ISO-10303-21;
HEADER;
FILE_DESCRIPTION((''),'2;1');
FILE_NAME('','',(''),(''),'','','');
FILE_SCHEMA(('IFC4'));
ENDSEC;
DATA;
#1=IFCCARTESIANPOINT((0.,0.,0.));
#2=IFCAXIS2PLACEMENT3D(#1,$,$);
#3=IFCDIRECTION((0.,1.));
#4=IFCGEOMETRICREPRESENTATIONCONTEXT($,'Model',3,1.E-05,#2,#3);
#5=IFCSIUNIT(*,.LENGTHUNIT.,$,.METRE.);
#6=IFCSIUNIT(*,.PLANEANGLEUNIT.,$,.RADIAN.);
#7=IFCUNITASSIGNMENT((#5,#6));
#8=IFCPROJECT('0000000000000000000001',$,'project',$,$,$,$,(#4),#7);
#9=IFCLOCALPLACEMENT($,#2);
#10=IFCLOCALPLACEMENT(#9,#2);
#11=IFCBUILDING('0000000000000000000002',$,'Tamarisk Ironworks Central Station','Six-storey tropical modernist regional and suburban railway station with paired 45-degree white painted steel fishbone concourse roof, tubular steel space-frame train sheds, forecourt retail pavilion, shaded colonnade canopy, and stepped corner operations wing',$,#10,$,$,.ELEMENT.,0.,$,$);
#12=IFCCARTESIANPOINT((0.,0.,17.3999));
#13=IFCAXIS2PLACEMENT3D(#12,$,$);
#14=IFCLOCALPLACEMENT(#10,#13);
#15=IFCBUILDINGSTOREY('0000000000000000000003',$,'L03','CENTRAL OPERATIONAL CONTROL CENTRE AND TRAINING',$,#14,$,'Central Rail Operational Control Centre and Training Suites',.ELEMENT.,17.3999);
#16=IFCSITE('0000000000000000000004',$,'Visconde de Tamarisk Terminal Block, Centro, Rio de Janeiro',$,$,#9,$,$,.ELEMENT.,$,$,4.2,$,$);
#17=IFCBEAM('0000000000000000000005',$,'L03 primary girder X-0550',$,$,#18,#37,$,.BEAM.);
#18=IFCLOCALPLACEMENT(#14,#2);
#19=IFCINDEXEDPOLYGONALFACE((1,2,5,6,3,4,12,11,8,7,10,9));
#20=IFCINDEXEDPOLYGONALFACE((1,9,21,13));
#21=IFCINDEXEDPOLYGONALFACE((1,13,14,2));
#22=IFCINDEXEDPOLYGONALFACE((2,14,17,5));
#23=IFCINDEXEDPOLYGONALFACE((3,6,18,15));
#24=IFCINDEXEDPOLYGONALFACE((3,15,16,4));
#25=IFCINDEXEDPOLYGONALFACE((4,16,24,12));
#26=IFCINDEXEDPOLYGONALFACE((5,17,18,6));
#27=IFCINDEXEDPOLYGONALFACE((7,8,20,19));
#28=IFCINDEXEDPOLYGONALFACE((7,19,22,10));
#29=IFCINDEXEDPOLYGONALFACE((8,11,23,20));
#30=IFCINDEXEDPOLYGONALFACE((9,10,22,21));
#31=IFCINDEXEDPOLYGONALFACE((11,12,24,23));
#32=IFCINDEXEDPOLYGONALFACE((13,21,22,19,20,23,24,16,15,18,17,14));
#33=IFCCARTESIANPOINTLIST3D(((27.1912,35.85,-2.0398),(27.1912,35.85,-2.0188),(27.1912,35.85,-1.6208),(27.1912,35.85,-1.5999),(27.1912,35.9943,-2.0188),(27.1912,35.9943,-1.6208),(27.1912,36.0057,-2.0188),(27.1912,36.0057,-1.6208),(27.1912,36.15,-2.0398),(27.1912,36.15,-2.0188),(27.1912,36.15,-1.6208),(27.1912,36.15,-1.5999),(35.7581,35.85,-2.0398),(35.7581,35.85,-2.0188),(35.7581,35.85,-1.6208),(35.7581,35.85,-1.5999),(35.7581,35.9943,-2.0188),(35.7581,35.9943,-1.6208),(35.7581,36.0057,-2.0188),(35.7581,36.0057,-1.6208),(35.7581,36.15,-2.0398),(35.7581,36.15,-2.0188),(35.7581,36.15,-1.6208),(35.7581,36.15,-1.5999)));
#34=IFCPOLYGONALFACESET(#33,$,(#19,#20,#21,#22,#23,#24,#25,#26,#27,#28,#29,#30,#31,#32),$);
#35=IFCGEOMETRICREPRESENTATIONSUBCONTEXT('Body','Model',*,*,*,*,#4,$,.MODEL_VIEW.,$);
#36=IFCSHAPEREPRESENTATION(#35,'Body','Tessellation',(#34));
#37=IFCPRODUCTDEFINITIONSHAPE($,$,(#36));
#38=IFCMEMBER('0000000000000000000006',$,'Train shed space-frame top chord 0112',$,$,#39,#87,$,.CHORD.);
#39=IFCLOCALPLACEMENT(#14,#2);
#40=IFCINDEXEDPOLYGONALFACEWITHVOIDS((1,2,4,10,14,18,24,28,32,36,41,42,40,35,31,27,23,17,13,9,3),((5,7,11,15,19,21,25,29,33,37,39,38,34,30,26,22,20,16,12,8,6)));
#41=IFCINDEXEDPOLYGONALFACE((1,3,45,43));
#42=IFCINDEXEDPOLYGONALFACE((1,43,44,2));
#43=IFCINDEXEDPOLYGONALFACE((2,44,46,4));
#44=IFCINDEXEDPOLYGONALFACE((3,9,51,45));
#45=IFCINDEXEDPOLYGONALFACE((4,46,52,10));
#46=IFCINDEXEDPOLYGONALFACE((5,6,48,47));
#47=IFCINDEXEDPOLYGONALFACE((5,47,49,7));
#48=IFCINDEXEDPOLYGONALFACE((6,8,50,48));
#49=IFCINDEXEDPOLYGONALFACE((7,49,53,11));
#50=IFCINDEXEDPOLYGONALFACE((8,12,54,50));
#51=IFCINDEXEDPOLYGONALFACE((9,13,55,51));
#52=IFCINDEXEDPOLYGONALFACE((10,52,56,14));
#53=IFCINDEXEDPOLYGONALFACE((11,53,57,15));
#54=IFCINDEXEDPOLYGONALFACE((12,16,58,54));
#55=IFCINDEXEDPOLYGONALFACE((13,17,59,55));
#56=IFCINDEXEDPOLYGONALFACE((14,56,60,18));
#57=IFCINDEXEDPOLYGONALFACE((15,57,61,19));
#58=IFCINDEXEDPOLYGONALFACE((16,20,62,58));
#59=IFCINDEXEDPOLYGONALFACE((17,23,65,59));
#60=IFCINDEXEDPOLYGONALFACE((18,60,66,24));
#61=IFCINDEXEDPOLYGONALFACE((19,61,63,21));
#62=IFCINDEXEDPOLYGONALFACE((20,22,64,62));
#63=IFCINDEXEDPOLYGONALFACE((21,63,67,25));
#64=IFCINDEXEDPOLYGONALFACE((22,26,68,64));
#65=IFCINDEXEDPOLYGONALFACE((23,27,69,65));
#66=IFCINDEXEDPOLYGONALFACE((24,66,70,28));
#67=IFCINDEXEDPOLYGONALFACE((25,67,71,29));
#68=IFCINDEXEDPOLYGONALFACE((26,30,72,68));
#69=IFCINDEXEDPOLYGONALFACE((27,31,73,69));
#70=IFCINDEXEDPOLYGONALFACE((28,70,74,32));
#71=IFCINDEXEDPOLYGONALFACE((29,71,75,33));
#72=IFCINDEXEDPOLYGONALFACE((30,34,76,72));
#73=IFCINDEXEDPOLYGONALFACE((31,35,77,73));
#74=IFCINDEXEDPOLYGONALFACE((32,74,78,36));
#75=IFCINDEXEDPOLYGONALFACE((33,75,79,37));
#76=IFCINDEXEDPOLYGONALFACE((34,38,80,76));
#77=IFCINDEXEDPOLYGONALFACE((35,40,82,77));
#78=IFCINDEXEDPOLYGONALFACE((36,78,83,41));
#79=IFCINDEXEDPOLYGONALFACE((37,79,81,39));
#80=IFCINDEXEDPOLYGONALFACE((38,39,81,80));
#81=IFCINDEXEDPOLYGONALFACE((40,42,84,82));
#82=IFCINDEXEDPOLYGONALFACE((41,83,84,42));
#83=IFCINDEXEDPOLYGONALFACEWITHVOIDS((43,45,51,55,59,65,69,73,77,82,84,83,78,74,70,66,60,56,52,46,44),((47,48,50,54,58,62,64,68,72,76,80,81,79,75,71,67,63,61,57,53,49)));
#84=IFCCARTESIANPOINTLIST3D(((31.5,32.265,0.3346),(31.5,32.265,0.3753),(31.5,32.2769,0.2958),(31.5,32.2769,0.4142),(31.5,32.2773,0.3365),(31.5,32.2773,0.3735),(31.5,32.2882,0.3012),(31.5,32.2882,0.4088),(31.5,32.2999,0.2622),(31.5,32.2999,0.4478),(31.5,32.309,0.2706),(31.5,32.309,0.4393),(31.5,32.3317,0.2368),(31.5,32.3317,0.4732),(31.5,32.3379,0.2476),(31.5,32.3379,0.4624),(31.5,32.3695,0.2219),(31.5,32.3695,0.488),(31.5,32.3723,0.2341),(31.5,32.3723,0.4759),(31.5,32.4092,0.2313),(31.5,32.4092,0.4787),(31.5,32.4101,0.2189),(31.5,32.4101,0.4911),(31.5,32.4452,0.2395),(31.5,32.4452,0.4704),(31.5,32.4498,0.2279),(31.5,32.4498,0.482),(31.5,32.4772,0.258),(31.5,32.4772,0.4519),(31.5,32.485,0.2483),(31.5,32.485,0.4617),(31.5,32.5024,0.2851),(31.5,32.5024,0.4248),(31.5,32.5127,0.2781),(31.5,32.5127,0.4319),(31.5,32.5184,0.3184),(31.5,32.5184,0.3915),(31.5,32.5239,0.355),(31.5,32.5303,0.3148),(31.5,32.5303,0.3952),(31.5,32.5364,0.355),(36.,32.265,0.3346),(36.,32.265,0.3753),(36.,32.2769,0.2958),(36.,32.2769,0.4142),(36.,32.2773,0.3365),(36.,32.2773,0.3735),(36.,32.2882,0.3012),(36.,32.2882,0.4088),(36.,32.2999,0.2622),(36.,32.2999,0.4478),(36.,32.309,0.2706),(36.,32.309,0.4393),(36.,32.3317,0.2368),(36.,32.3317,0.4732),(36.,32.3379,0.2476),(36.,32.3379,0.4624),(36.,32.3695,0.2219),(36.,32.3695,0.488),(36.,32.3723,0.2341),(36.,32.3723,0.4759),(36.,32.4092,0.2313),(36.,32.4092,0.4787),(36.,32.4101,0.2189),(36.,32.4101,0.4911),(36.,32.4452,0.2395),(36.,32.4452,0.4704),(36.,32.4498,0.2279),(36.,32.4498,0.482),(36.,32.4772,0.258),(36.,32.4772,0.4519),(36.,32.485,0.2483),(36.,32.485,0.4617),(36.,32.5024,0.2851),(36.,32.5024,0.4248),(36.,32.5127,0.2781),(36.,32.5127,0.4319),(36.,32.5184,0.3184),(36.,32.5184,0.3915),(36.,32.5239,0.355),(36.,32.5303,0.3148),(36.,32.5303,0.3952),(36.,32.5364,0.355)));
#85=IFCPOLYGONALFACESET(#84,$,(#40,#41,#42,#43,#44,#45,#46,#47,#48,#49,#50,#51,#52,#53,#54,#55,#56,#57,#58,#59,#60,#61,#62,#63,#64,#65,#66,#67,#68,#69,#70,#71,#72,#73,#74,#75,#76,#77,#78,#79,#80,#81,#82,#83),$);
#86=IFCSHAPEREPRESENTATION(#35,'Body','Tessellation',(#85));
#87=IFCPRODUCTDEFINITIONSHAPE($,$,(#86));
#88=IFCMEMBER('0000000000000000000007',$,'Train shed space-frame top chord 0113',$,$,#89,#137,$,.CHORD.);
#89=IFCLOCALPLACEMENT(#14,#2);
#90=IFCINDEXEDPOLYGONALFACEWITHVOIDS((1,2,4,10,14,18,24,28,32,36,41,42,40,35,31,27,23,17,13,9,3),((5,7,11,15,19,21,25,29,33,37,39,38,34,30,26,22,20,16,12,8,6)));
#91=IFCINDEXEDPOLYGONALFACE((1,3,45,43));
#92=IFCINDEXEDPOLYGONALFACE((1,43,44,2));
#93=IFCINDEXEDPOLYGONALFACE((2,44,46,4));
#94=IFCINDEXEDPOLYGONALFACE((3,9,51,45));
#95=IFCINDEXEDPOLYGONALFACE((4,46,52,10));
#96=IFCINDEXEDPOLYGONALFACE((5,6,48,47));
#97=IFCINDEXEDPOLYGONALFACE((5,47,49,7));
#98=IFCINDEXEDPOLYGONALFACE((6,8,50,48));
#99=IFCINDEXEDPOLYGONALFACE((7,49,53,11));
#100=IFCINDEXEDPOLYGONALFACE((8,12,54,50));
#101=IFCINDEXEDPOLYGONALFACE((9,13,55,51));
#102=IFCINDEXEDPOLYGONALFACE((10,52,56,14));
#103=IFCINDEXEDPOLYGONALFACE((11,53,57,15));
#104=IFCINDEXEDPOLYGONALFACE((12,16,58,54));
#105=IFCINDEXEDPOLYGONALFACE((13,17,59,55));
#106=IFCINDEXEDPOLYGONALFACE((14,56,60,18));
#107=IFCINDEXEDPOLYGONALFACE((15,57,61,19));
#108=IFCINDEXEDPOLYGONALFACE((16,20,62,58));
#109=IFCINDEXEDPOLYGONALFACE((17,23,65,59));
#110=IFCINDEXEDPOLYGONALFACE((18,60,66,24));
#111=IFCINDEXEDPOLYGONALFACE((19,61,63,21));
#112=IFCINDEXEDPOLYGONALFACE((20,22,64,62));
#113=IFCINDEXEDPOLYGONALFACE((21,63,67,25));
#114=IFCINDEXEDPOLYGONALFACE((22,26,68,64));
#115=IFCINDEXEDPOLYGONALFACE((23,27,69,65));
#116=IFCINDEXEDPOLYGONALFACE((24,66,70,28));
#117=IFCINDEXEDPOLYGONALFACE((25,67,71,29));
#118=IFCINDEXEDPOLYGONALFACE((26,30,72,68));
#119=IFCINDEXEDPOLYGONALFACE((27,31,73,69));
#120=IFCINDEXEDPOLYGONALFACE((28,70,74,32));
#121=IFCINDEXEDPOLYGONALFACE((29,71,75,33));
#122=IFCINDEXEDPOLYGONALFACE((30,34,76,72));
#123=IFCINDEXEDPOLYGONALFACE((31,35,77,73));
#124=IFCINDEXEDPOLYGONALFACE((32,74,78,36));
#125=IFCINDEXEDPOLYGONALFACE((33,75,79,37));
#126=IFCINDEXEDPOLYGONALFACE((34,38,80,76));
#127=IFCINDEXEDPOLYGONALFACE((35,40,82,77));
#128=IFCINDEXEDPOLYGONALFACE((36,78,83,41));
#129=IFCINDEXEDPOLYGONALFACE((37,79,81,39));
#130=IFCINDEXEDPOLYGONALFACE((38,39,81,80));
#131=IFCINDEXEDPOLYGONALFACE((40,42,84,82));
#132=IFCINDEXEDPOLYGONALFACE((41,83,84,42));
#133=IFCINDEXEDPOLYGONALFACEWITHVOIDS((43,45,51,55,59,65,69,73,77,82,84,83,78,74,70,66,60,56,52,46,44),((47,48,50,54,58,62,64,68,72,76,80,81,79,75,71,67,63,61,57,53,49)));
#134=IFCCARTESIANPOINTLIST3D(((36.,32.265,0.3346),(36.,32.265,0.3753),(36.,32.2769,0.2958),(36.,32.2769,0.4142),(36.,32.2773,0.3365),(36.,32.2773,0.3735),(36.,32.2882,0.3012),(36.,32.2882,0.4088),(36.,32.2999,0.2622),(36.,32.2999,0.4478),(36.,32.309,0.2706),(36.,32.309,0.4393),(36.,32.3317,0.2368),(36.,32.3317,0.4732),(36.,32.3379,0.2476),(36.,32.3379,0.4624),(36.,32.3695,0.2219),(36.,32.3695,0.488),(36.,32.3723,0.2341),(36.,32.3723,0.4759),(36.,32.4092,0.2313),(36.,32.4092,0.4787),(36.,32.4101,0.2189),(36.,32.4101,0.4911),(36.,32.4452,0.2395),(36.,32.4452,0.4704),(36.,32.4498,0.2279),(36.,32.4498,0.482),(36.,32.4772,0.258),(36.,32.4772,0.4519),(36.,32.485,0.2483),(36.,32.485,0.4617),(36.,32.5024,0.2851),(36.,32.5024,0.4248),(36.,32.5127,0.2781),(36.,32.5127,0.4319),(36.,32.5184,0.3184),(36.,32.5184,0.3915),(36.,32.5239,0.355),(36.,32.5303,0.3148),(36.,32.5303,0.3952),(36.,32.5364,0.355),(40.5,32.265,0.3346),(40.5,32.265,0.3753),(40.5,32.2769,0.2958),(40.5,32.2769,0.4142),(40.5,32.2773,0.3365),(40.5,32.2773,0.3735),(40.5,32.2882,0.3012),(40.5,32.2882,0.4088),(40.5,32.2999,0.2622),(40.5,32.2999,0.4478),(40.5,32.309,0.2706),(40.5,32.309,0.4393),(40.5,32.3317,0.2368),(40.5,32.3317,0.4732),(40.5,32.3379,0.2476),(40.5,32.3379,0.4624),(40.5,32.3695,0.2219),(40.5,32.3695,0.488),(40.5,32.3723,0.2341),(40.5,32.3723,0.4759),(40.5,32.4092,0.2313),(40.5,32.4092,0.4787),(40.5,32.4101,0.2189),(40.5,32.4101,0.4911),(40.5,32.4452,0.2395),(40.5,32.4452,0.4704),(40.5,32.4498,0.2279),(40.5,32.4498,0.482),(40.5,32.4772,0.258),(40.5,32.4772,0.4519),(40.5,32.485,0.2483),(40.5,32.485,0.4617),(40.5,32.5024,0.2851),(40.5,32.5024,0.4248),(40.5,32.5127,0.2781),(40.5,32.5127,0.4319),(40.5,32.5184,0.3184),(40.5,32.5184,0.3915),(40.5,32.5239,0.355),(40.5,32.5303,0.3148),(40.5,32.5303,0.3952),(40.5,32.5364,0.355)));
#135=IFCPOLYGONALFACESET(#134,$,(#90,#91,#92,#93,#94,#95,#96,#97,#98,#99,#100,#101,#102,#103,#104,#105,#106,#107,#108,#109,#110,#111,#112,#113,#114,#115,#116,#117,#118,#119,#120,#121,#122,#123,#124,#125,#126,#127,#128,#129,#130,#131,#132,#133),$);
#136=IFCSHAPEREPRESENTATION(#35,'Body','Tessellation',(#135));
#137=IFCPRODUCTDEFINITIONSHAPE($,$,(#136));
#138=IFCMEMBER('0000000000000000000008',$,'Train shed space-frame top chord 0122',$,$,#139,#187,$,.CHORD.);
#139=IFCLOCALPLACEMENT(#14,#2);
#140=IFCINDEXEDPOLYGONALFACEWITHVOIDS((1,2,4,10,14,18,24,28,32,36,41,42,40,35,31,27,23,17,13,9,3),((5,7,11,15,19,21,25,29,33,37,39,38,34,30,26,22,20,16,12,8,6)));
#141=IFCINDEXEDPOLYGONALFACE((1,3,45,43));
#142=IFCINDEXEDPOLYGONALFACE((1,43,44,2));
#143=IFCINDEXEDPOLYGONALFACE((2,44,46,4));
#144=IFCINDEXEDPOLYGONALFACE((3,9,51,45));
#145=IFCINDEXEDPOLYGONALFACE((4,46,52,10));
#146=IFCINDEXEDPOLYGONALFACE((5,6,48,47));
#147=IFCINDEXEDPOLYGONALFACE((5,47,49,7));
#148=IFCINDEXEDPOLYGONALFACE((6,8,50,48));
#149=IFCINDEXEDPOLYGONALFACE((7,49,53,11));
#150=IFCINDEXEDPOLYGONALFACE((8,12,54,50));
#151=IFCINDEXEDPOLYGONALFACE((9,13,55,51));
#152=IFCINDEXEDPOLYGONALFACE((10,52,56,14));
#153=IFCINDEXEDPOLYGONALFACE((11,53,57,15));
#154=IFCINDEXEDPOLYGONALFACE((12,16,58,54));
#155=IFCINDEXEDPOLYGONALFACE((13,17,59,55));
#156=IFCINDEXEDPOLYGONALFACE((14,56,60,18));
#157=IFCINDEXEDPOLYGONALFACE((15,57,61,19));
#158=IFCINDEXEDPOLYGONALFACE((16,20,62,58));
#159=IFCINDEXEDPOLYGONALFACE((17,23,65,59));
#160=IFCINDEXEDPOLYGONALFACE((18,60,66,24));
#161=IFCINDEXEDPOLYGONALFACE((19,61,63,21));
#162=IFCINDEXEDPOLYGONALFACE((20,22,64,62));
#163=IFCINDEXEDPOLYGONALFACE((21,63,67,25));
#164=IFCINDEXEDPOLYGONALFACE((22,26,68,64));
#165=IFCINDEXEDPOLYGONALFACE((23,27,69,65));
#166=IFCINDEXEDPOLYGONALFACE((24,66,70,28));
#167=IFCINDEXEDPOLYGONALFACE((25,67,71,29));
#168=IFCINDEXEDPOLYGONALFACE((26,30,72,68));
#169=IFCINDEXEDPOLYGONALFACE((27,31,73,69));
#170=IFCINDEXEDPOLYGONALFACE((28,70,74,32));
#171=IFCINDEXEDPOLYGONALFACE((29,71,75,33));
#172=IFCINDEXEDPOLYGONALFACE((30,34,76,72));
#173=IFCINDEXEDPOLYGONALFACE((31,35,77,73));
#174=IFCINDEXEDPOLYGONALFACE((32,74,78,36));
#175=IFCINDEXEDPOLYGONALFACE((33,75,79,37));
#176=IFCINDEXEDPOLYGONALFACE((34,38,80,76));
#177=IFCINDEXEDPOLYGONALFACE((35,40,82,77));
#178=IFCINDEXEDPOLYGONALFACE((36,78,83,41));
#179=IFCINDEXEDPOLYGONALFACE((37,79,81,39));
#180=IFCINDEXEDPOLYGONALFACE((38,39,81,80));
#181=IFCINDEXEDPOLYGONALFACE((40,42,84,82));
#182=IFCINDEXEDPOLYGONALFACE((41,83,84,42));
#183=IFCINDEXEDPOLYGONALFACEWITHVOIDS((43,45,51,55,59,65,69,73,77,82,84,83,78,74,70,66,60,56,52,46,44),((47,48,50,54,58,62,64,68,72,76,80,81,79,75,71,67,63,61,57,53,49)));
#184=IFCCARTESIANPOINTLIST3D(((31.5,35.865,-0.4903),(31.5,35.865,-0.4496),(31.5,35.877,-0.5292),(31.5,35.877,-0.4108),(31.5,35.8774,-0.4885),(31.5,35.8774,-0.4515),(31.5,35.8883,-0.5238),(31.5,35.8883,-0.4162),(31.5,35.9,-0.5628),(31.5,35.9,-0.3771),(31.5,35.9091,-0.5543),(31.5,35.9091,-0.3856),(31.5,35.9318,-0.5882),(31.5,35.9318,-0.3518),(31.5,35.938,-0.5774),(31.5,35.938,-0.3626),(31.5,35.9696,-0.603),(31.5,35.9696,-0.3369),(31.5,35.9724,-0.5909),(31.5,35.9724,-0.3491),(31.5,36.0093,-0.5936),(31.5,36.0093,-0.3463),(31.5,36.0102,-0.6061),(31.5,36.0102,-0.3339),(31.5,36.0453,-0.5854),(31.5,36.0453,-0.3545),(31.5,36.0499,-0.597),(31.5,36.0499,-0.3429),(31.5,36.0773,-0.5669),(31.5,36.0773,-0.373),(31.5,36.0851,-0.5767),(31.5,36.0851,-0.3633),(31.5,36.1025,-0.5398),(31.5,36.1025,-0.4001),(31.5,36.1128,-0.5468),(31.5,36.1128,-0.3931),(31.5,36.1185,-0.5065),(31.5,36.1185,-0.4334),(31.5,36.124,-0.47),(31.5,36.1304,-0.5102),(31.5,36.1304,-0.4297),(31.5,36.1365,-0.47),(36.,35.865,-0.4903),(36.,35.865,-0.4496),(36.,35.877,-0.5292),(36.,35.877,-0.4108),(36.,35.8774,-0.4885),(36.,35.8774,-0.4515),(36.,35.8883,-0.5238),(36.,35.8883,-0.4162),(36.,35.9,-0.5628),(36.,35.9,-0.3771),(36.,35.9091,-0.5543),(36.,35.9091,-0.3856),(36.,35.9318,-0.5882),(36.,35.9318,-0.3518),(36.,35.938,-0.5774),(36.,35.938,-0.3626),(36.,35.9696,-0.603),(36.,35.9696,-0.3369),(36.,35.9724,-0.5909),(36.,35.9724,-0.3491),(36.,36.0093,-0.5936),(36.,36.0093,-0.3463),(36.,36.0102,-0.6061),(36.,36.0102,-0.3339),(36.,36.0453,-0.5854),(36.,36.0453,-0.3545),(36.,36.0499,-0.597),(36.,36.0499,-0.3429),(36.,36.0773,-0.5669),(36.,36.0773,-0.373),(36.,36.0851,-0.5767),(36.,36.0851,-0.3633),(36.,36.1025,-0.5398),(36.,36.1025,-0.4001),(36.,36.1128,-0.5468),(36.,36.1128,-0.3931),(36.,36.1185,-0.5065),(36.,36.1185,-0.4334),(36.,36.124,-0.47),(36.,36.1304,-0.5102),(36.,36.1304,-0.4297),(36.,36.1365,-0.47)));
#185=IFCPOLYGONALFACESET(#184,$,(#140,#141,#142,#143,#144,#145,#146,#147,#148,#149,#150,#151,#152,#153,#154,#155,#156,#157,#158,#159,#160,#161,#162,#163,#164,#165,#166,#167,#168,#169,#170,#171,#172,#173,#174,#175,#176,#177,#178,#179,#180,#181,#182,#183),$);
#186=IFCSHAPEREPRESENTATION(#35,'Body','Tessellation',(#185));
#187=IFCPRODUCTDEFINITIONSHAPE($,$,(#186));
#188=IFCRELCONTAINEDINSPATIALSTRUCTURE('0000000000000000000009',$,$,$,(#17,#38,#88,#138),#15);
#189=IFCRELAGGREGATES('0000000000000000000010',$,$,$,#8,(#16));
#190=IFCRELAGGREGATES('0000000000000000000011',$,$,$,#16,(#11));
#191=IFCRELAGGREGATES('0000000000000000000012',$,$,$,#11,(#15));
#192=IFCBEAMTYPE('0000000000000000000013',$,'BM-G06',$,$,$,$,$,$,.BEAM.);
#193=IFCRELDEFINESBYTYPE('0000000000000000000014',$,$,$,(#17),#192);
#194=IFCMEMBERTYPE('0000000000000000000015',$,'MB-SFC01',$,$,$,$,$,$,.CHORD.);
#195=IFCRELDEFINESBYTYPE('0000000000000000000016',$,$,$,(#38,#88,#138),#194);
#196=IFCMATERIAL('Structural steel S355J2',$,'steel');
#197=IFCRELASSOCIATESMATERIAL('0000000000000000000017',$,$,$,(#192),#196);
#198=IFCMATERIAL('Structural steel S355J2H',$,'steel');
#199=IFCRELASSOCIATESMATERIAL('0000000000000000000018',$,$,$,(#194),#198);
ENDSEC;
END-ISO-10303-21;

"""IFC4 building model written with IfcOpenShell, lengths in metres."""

from ifc_helpers import new_model, si_unit, direction, frame, origin, origin_2d, place, context, subcontext, project, spatial, hollow_circle, i_section, extrude, material, material_profile, profile_set, type_object, element, save


model = new_model("IFC4")

# Units and contexts
model_context = context("Model", 3, precision=1e-05, world=origin(), true_north=direction((0.0, 1.0)))
body_context = subcontext(model_context, "Body", "Model", "MODEL_VIEW")
ifc_project = project(units=[si_unit("LENGTHUNIT", "METRE"), si_unit("PLANEANGLEUNIT", "RADIAN")], contexts=[model_context])

# Site, building, storey
site_placement = place(None, origin())
site = spatial("IfcSite", under=ifc_project, at=site_placement, Name="Visconde de Tamarisk Terminal Block, Centro, Rio de Janeiro", CompositionType="ELEMENT", RefElevation=4.2)
building_placement = place(site_placement, origin())
building = spatial("IfcBuilding", under=site, at=building_placement, Name="Tamarisk Ironworks Central Station", Description="Six-storey tropical modernist regional and suburban railway station with paired 45-degree white painted steel fishbone concourse roof, tubular steel space-frame train sheds, forecourt retail pavilion, shaded colonnade canopy, and stepped corner operations wing", CompositionType="ELEMENT", ElevationOfRefHeight=0.0)
storey_placement = place(building_placement, frame((0.0, 0.0, 17.3999)))
storey = spatial("IfcBuildingStorey", under=building, at=storey_placement, Name="L03", Description="CENTRAL OPERATIONAL CONTROL CENTRE AND TRAINING", LongName="Central Rail Operational Control Centre and Training Suites", CompositionType="ELEMENT", Elevation=17.3999)

# Beam
ifc_material_1 = material(Name="Structural steel S355J2", Category="steel")
ifc_material_profile_1 = material_profile(ifc_material_1, i_section(OverallWidth=0.3, OverallDepth=0.4399, WebThickness=0.0115, FlangeThickness=0.021, at=origin_2d()), Name="HEA 450")
ifc_profile_set_1 = profile_set([ifc_material_profile_1], Name="Structural steel S355J2")
beam_type = type_object("IfcBeamType", Name="BM-G06", PredefinedType="BEAM", material=ifc_profile_set_1)
beam_placement = place(storey_placement, frame((27.1912, 36.0, -1.8198), z_axis=(1.0, 0.0, 0.0), x_axis=(0.0, 1.0, 0.0)))
element("IfcBeam", 1, at=beam_placement, inside=storey, type_object=beam_type, Name="L03 primary girder X-0550", PredefinedType="BEAM", context=body_context, shape_type="SweptSolid", body=[
    extrude(i_section(OverallWidth=0.3, OverallDepth=0.4399, WebThickness=0.0115, FlangeThickness=0.021, at=origin_2d()), origin(), (0.0, 0.0, 1.0), 8.5669),
])

# Members
ifc_material_2 = material(Name="Structural steel S355J2H", Category="steel")
ifc_material_profile_2 = material_profile(ifc_material_2, hollow_circle(Radius=0.1365, WallThickness=0.0125, at=origin_2d()), Name="CHS 273x12.5")
ifc_profile_set_2 = profile_set([ifc_material_profile_2], Name="Structural steel S355J2H")
member_type_1 = type_object("IfcMemberType", Name="MB-SFC01", PredefinedType="CHORD", material=ifc_profile_set_2)
for number, where, z_axis, x_axis, name in (
    (2, (31.5, 32.3999, 0.355), (1.0, 0.0, 0.0), (0.0, 1.0, 0.0), "Train shed space-frame top chord 0112"),
    (3, (36.0, 32.3999, 0.355), (1.0, 0.0, 0.0), (0.0, 1.0, 0.0), "Train shed space-frame top chord 0113"),
    (4, (31.5, 36.0, -0.47), (1.0, 0.0, 0.0), (0.0, 1.0, 0.0), "Train shed space-frame top chord 0122"),
):
    element("IfcMember", number, at=place(storey_placement, frame(where, z_axis=z_axis, x_axis=x_axis)), inside=storey, type_object=member_type_1, Name=name, PredefinedType="CHORD", context=body_context, shape_type="SweptSolid", body=[
        extrude(hollow_circle(Radius=0.1365, WallThickness=0.0125, at=origin_2d()), origin(), (0.0, 0.0, 1.0), 4.5),
    ])

save(model, "model.ifc")
